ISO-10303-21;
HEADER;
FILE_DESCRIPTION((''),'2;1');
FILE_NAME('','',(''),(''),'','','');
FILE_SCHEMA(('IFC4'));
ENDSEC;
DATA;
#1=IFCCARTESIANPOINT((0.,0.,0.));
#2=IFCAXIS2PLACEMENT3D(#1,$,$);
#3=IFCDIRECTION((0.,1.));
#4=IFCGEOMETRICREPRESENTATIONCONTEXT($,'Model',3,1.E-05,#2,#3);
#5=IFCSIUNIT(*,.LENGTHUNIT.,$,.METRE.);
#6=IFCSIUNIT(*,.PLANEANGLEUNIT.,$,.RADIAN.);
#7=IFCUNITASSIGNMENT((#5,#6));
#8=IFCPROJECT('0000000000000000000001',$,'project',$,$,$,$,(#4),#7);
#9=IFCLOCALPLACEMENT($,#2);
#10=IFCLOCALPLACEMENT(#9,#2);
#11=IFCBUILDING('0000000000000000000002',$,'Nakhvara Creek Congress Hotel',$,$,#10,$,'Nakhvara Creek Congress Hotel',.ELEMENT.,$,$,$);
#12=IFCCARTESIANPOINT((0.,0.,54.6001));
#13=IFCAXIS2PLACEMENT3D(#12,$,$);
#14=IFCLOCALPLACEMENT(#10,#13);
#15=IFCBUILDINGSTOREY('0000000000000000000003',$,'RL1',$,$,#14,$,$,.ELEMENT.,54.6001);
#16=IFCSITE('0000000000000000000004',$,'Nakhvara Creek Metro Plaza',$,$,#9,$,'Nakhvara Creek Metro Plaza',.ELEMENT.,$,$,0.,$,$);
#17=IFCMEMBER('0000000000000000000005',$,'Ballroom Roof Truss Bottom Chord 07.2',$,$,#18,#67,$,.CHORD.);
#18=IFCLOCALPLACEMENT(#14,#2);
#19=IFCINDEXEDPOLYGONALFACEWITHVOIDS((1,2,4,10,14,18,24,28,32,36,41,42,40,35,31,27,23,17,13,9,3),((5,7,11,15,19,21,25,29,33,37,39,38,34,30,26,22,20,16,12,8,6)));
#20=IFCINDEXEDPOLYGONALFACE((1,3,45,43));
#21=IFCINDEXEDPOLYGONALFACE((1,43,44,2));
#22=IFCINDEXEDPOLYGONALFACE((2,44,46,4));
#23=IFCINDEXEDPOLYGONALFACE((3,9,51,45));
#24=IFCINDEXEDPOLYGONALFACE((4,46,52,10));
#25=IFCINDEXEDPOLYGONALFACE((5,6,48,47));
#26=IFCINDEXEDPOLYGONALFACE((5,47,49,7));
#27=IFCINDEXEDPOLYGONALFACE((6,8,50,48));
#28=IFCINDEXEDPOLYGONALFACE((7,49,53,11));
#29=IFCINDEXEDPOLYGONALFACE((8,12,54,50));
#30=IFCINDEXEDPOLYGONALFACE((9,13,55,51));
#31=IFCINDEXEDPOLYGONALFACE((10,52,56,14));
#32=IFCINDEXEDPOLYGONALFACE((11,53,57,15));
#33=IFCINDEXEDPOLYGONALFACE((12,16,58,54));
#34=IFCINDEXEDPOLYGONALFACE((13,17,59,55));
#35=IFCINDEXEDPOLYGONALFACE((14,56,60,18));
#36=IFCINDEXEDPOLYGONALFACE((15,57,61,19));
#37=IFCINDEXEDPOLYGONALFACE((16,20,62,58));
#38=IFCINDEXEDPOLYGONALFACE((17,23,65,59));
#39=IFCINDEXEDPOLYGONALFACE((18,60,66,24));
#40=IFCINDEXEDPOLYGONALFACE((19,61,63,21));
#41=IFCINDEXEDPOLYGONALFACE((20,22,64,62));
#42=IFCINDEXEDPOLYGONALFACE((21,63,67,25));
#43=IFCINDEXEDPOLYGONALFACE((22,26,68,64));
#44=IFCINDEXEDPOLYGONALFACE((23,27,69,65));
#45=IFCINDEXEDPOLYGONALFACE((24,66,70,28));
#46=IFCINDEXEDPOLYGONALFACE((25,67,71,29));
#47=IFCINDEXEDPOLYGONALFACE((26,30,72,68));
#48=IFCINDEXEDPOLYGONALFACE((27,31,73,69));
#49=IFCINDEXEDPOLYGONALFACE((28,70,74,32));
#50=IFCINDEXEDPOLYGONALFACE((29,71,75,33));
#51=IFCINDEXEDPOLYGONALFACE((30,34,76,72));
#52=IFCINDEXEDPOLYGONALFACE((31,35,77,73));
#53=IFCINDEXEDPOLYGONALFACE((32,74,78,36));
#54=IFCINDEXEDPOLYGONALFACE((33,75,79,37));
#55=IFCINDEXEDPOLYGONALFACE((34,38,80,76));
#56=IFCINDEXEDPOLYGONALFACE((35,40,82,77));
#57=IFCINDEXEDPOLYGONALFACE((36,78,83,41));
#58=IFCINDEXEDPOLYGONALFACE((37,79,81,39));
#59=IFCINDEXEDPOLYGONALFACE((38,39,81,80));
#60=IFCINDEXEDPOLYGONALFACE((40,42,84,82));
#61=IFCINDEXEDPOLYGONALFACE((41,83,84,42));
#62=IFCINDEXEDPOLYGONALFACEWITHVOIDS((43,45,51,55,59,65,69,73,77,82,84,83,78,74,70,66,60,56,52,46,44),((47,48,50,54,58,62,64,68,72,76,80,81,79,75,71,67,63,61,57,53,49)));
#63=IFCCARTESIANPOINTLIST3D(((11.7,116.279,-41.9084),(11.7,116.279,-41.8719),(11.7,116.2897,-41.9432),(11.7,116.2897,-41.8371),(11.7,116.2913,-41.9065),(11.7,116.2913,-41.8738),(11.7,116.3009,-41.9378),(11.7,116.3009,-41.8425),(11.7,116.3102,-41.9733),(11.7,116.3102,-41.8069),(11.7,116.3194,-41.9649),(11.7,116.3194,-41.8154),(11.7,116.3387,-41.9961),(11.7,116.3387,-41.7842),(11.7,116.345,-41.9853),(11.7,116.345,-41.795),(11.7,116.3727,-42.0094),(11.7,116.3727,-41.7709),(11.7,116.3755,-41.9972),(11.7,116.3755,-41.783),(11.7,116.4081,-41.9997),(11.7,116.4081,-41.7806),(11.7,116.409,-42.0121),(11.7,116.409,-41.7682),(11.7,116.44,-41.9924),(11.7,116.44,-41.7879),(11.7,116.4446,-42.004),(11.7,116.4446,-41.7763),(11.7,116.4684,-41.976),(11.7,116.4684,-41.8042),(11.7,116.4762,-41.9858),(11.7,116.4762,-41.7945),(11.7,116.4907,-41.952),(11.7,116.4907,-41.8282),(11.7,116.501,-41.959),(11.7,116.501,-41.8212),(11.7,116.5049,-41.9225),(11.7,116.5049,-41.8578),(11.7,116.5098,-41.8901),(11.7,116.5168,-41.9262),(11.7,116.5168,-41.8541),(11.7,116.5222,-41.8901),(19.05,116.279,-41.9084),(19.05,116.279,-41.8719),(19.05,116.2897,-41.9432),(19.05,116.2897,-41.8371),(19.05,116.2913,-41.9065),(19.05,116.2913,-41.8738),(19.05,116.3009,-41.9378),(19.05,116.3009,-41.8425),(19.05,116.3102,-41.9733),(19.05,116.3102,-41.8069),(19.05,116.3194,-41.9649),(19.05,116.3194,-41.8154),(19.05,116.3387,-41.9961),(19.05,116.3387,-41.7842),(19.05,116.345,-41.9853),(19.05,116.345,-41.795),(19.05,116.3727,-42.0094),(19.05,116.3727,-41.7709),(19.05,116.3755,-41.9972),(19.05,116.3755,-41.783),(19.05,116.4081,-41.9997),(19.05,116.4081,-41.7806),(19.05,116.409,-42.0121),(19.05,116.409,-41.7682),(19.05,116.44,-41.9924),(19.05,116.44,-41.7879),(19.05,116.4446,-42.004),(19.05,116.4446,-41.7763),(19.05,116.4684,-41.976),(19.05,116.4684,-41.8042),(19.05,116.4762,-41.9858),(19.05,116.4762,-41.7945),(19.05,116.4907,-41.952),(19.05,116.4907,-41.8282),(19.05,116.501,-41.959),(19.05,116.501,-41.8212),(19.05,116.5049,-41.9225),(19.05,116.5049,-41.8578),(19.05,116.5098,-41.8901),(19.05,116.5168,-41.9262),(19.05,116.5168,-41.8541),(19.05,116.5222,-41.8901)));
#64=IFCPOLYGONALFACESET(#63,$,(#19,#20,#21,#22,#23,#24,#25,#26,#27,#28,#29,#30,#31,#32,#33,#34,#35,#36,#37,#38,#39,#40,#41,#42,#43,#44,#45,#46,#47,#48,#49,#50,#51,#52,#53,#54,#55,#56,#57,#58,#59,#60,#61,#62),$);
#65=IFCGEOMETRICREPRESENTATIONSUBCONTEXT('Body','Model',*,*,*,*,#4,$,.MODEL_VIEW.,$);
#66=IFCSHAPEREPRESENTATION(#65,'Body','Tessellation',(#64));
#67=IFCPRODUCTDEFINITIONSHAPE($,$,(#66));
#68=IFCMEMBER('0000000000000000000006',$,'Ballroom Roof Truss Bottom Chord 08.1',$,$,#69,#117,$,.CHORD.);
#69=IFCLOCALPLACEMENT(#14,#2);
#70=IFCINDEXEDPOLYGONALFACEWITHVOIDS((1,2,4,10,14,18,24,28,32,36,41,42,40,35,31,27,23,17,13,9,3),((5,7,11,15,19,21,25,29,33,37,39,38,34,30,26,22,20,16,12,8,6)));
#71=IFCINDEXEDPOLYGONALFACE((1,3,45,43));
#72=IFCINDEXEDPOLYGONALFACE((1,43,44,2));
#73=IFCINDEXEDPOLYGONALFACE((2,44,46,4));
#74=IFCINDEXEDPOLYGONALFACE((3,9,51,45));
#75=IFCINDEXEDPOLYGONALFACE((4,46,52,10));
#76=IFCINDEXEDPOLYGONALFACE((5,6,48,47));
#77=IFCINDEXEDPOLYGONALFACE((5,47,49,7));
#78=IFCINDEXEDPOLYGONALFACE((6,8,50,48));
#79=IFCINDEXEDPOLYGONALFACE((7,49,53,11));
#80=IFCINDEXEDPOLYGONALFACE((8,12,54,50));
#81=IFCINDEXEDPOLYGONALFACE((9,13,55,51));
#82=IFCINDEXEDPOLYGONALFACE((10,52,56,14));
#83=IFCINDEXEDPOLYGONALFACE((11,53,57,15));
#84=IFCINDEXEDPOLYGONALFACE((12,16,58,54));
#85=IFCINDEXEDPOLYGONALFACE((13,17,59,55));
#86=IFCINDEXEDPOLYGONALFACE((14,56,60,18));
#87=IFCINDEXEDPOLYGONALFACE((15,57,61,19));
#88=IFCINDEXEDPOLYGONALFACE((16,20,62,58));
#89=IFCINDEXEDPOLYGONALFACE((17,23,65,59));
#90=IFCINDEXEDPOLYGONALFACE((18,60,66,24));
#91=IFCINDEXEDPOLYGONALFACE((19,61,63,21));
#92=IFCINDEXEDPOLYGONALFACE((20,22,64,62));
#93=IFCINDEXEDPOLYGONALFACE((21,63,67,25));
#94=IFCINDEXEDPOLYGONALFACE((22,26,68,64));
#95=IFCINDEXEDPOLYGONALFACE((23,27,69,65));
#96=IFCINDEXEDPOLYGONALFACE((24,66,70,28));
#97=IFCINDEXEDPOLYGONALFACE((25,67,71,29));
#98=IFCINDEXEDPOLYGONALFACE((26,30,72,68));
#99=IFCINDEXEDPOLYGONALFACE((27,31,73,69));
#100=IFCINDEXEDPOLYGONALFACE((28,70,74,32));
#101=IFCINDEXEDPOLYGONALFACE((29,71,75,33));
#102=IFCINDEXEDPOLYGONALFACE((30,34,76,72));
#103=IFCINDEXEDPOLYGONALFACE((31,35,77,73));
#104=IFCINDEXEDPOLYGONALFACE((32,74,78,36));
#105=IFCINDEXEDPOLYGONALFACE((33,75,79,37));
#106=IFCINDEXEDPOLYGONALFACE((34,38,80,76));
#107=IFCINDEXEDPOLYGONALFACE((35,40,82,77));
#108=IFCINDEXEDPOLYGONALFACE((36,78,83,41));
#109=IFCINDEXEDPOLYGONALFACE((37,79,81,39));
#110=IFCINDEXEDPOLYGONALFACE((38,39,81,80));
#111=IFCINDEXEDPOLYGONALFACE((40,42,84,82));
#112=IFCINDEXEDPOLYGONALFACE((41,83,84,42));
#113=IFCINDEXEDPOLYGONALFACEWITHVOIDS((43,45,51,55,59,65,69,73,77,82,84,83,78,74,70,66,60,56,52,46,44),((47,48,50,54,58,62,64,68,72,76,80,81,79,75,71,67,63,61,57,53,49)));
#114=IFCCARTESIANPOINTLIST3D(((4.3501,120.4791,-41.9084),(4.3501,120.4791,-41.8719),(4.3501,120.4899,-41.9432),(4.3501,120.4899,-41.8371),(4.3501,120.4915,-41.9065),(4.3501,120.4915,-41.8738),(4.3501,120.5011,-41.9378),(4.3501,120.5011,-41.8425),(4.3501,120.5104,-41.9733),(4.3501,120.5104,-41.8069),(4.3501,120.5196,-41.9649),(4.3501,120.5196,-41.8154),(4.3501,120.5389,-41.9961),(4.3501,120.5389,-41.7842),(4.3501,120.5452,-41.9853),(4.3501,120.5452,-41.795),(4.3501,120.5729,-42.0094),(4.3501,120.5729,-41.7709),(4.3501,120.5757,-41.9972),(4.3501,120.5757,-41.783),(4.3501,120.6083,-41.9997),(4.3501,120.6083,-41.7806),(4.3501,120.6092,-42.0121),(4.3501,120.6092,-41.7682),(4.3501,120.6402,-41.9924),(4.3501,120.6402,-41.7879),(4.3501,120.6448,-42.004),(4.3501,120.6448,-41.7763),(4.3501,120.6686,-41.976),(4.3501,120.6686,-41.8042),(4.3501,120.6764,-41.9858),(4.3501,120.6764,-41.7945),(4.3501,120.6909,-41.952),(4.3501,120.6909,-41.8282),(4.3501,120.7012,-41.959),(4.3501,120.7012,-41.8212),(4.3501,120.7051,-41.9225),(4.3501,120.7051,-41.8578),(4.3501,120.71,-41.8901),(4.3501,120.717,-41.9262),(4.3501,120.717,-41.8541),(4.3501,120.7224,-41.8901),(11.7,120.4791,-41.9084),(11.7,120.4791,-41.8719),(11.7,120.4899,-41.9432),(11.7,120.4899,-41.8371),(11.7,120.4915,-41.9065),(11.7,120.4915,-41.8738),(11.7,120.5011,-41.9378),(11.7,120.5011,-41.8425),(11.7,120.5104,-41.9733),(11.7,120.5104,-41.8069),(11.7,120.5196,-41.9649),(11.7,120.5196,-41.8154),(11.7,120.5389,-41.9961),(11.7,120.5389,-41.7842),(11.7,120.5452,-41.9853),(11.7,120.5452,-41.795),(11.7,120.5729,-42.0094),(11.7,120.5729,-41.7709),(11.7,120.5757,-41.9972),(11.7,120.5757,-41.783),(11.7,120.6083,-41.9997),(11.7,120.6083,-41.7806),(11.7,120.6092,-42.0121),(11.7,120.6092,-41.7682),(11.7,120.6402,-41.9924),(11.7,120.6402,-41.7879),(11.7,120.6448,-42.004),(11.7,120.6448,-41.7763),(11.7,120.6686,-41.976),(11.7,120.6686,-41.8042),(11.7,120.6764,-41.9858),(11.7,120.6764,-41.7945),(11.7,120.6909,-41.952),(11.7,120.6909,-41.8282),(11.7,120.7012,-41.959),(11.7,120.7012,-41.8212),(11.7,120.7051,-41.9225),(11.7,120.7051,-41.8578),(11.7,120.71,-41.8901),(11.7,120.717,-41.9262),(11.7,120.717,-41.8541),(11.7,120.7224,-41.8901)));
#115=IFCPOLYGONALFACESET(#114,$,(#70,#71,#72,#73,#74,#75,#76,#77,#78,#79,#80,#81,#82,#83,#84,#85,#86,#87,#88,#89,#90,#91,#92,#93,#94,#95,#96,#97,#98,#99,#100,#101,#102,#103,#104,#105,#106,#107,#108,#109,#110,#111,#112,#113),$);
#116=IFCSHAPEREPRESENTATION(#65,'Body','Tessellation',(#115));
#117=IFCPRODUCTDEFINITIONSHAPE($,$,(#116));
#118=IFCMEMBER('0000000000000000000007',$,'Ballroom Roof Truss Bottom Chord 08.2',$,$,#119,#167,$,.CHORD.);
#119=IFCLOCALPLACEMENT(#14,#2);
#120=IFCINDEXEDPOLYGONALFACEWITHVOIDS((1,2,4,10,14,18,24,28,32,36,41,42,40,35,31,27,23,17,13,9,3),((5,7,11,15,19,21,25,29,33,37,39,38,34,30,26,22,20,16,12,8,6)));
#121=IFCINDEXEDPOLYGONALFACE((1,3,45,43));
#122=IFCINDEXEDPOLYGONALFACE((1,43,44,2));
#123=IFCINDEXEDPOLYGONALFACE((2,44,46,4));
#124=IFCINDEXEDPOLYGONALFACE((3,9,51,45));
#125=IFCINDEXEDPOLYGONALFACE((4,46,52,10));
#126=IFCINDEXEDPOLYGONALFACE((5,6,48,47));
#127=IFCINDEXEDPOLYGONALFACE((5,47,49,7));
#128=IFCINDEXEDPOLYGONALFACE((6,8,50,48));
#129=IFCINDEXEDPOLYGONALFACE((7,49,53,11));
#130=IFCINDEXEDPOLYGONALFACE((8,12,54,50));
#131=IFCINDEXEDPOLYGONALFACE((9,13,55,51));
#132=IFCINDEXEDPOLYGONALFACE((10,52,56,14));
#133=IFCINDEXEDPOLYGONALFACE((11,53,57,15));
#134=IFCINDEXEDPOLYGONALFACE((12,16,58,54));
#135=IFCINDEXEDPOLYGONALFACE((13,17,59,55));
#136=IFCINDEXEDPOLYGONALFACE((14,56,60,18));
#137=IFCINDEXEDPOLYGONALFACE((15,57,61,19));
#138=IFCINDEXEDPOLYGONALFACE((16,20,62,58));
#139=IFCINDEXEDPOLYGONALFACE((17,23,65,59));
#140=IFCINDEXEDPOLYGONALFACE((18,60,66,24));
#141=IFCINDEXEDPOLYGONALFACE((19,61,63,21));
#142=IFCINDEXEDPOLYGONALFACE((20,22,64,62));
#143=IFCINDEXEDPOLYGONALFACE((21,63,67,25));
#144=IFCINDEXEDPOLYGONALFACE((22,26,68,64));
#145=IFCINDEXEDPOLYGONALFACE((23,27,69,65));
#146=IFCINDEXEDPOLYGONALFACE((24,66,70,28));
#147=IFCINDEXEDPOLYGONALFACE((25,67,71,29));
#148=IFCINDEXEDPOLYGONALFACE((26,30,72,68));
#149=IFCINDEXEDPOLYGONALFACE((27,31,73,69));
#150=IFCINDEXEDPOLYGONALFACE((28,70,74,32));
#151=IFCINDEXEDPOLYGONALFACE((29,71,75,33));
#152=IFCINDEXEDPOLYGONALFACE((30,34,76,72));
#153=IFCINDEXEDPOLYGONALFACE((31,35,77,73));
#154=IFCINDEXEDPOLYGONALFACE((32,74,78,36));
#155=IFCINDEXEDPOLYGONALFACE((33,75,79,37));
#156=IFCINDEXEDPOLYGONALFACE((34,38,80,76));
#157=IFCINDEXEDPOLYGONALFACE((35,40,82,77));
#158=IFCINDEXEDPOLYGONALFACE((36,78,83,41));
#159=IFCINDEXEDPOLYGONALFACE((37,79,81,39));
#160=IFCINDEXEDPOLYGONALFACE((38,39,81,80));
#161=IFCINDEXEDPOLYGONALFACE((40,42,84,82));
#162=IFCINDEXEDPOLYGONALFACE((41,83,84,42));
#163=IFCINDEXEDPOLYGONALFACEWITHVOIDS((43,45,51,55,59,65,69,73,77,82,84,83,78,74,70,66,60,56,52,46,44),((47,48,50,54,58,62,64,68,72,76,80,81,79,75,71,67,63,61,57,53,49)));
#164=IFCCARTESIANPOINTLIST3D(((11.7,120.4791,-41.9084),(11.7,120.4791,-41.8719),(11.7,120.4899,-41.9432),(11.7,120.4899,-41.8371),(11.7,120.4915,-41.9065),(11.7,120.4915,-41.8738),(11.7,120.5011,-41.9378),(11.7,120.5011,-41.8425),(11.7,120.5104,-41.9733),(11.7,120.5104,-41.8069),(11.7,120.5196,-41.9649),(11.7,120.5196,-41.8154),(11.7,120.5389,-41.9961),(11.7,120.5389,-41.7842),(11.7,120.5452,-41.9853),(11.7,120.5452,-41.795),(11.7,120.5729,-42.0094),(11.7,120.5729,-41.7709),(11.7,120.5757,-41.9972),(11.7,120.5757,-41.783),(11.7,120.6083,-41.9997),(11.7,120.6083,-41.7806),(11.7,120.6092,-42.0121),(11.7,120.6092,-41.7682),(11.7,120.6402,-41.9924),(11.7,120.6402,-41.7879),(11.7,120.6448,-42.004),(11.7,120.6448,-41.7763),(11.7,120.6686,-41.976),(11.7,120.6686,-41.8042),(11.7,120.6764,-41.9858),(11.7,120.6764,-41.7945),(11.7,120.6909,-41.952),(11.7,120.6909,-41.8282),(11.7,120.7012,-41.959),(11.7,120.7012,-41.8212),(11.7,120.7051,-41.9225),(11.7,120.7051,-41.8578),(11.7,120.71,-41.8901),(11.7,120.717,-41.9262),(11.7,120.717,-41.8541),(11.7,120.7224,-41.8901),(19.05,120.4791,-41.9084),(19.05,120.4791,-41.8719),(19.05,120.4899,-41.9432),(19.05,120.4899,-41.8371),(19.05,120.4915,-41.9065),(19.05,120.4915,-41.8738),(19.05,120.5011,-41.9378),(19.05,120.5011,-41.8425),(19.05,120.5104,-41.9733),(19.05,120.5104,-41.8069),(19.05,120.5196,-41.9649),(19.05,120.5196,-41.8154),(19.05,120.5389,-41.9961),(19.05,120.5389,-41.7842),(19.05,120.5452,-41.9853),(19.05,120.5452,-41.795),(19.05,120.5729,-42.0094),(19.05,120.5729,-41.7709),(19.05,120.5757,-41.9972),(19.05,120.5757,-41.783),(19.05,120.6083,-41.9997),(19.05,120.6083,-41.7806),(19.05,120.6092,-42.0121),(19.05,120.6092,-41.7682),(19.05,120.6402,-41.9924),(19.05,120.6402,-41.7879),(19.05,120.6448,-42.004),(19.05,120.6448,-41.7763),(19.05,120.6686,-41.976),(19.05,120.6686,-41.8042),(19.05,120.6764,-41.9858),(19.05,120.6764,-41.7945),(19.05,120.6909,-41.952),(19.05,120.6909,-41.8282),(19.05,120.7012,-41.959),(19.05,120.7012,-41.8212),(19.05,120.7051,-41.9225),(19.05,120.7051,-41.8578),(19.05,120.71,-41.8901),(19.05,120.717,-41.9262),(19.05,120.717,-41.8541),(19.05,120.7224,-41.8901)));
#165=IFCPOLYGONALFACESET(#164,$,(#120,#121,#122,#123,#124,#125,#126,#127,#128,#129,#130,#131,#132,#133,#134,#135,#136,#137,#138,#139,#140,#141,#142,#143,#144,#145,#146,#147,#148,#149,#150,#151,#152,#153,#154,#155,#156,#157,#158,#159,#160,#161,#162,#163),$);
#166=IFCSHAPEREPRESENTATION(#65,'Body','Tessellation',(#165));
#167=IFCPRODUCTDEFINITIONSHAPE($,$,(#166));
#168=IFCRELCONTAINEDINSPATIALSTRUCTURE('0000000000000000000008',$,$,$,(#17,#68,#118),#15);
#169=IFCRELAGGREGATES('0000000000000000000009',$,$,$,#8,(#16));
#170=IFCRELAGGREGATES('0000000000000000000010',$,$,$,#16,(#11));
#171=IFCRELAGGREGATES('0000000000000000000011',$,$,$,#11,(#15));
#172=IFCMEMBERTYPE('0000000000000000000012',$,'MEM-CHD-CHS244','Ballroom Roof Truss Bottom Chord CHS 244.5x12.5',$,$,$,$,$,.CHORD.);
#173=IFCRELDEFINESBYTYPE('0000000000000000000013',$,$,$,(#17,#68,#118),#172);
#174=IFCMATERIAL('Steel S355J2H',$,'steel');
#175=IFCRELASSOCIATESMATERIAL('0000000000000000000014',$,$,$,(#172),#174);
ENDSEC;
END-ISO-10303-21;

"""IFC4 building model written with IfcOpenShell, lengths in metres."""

from ifc_helpers import new_model, si_unit, direction, frame, origin, origin_2d, place, context, subcontext, project, spatial, hollow_circle, extrude, material, material_profile, profile_set, type_object, element, save


model = new_model("IFC4")

# Units and contexts
model_context = context("Model", 3, precision=1e-05, world=origin(), true_north=direction((0.0, 1.0)))
body_context = subcontext(model_context, "Body", "Model", "MODEL_VIEW")
ifc_project = project(units=[si_unit("LENGTHUNIT", "METRE"), si_unit("PLANEANGLEUNIT", "RADIAN")], contexts=[model_context])

# Site, building, storey
site_placement = place(None, origin())
site = spatial("IfcSite", under=ifc_project, at=site_placement, Name="Nakhvara Creek Metro Plaza", LongName="Nakhvara Creek Metro Plaza", CompositionType="ELEMENT", RefElevation=0.0)
building_placement = place(site_placement, origin())
building = spatial("IfcBuilding", under=site, at=building_placement, Name="Nakhvara Creek Congress Hotel", LongName="Nakhvara Creek Congress Hotel", CompositionType="ELEMENT")
storey_placement = place(building_placement, frame((0.0, 0.0, 54.6001)))
storey = spatial("IfcBuildingStorey", under=building, at=storey_placement, Name="RL1", CompositionType="ELEMENT", Elevation=54.6001)

# Members
ifc_material_1 = material(Name="Steel S355J2H", Category="steel")
ifc_material_profile_1 = material_profile(ifc_material_1, hollow_circle(Radius=0.1223, WallThickness=0.0125, at=origin_2d()), Name="CHS 244.5x12.5", Category="LoadBearing")
ifc_profile_set_1 = profile_set([ifc_material_profile_1], Name="Steel S355J2H")
member_type_1 = type_object("IfcMemberType", Name="MEM-CHD-CHS244", Description="Ballroom Roof Truss Bottom Chord CHS 244.5x12.5", PredefinedType="CHORD", material=ifc_profile_set_1)
member_1_placement = place(storey_placement, frame((11.7, 116.3999, -41.8901), z_axis=(1.0, 0.0, 0.0), x_axis=(0.0, 1.0, 0.0)))
element("IfcMember", 1, at=member_1_placement, inside=storey, type_object=member_type_1, Name="Ballroom Roof Truss Bottom Chord 07.2", PredefinedType="CHORD", context=body_context, shape_type="SweptSolid", body=[
    extrude(hollow_circle(Radius=0.1223, WallThickness=0.0125, at=origin_2d()), origin(), (0.0, 0.0, 1.0), 7.3501),
])
member_2_placement = place(storey_placement, frame((4.3501, 120.6001, -41.8901), z_axis=(1.0, 0.0, 0.0), x_axis=(0.0, 1.0, 0.0)))
element("IfcMember", 2, at=member_2_placement, inside=storey, type_object=member_type_1, Name="Ballroom Roof Truss Bottom Chord 08.1", PredefinedType="CHORD", context=body_context, shape_type="SweptSolid", body=[
    extrude(hollow_circle(Radius=0.1223, WallThickness=0.0125, at=origin_2d()), origin(), (0.0, 0.0, 1.0), 7.3499),
])
member_3_placement = place(storey_placement, frame((11.7, 120.6001, -41.8901), z_axis=(1.0, 0.0, 0.0), x_axis=(0.0, 1.0, 0.0)))
element("IfcMember", 3, at=member_3_placement, inside=storey, type_object=member_type_1, Name="Ballroom Roof Truss Bottom Chord 08.2", PredefinedType="CHORD", context=body_context, shape_type="SweptSolid", body=[
    extrude(hollow_circle(Radius=0.1223, WallThickness=0.0125, at=origin_2d()), origin(), (0.0, 0.0, 1.0), 7.3501),
])

save(model, "model.ifc")
